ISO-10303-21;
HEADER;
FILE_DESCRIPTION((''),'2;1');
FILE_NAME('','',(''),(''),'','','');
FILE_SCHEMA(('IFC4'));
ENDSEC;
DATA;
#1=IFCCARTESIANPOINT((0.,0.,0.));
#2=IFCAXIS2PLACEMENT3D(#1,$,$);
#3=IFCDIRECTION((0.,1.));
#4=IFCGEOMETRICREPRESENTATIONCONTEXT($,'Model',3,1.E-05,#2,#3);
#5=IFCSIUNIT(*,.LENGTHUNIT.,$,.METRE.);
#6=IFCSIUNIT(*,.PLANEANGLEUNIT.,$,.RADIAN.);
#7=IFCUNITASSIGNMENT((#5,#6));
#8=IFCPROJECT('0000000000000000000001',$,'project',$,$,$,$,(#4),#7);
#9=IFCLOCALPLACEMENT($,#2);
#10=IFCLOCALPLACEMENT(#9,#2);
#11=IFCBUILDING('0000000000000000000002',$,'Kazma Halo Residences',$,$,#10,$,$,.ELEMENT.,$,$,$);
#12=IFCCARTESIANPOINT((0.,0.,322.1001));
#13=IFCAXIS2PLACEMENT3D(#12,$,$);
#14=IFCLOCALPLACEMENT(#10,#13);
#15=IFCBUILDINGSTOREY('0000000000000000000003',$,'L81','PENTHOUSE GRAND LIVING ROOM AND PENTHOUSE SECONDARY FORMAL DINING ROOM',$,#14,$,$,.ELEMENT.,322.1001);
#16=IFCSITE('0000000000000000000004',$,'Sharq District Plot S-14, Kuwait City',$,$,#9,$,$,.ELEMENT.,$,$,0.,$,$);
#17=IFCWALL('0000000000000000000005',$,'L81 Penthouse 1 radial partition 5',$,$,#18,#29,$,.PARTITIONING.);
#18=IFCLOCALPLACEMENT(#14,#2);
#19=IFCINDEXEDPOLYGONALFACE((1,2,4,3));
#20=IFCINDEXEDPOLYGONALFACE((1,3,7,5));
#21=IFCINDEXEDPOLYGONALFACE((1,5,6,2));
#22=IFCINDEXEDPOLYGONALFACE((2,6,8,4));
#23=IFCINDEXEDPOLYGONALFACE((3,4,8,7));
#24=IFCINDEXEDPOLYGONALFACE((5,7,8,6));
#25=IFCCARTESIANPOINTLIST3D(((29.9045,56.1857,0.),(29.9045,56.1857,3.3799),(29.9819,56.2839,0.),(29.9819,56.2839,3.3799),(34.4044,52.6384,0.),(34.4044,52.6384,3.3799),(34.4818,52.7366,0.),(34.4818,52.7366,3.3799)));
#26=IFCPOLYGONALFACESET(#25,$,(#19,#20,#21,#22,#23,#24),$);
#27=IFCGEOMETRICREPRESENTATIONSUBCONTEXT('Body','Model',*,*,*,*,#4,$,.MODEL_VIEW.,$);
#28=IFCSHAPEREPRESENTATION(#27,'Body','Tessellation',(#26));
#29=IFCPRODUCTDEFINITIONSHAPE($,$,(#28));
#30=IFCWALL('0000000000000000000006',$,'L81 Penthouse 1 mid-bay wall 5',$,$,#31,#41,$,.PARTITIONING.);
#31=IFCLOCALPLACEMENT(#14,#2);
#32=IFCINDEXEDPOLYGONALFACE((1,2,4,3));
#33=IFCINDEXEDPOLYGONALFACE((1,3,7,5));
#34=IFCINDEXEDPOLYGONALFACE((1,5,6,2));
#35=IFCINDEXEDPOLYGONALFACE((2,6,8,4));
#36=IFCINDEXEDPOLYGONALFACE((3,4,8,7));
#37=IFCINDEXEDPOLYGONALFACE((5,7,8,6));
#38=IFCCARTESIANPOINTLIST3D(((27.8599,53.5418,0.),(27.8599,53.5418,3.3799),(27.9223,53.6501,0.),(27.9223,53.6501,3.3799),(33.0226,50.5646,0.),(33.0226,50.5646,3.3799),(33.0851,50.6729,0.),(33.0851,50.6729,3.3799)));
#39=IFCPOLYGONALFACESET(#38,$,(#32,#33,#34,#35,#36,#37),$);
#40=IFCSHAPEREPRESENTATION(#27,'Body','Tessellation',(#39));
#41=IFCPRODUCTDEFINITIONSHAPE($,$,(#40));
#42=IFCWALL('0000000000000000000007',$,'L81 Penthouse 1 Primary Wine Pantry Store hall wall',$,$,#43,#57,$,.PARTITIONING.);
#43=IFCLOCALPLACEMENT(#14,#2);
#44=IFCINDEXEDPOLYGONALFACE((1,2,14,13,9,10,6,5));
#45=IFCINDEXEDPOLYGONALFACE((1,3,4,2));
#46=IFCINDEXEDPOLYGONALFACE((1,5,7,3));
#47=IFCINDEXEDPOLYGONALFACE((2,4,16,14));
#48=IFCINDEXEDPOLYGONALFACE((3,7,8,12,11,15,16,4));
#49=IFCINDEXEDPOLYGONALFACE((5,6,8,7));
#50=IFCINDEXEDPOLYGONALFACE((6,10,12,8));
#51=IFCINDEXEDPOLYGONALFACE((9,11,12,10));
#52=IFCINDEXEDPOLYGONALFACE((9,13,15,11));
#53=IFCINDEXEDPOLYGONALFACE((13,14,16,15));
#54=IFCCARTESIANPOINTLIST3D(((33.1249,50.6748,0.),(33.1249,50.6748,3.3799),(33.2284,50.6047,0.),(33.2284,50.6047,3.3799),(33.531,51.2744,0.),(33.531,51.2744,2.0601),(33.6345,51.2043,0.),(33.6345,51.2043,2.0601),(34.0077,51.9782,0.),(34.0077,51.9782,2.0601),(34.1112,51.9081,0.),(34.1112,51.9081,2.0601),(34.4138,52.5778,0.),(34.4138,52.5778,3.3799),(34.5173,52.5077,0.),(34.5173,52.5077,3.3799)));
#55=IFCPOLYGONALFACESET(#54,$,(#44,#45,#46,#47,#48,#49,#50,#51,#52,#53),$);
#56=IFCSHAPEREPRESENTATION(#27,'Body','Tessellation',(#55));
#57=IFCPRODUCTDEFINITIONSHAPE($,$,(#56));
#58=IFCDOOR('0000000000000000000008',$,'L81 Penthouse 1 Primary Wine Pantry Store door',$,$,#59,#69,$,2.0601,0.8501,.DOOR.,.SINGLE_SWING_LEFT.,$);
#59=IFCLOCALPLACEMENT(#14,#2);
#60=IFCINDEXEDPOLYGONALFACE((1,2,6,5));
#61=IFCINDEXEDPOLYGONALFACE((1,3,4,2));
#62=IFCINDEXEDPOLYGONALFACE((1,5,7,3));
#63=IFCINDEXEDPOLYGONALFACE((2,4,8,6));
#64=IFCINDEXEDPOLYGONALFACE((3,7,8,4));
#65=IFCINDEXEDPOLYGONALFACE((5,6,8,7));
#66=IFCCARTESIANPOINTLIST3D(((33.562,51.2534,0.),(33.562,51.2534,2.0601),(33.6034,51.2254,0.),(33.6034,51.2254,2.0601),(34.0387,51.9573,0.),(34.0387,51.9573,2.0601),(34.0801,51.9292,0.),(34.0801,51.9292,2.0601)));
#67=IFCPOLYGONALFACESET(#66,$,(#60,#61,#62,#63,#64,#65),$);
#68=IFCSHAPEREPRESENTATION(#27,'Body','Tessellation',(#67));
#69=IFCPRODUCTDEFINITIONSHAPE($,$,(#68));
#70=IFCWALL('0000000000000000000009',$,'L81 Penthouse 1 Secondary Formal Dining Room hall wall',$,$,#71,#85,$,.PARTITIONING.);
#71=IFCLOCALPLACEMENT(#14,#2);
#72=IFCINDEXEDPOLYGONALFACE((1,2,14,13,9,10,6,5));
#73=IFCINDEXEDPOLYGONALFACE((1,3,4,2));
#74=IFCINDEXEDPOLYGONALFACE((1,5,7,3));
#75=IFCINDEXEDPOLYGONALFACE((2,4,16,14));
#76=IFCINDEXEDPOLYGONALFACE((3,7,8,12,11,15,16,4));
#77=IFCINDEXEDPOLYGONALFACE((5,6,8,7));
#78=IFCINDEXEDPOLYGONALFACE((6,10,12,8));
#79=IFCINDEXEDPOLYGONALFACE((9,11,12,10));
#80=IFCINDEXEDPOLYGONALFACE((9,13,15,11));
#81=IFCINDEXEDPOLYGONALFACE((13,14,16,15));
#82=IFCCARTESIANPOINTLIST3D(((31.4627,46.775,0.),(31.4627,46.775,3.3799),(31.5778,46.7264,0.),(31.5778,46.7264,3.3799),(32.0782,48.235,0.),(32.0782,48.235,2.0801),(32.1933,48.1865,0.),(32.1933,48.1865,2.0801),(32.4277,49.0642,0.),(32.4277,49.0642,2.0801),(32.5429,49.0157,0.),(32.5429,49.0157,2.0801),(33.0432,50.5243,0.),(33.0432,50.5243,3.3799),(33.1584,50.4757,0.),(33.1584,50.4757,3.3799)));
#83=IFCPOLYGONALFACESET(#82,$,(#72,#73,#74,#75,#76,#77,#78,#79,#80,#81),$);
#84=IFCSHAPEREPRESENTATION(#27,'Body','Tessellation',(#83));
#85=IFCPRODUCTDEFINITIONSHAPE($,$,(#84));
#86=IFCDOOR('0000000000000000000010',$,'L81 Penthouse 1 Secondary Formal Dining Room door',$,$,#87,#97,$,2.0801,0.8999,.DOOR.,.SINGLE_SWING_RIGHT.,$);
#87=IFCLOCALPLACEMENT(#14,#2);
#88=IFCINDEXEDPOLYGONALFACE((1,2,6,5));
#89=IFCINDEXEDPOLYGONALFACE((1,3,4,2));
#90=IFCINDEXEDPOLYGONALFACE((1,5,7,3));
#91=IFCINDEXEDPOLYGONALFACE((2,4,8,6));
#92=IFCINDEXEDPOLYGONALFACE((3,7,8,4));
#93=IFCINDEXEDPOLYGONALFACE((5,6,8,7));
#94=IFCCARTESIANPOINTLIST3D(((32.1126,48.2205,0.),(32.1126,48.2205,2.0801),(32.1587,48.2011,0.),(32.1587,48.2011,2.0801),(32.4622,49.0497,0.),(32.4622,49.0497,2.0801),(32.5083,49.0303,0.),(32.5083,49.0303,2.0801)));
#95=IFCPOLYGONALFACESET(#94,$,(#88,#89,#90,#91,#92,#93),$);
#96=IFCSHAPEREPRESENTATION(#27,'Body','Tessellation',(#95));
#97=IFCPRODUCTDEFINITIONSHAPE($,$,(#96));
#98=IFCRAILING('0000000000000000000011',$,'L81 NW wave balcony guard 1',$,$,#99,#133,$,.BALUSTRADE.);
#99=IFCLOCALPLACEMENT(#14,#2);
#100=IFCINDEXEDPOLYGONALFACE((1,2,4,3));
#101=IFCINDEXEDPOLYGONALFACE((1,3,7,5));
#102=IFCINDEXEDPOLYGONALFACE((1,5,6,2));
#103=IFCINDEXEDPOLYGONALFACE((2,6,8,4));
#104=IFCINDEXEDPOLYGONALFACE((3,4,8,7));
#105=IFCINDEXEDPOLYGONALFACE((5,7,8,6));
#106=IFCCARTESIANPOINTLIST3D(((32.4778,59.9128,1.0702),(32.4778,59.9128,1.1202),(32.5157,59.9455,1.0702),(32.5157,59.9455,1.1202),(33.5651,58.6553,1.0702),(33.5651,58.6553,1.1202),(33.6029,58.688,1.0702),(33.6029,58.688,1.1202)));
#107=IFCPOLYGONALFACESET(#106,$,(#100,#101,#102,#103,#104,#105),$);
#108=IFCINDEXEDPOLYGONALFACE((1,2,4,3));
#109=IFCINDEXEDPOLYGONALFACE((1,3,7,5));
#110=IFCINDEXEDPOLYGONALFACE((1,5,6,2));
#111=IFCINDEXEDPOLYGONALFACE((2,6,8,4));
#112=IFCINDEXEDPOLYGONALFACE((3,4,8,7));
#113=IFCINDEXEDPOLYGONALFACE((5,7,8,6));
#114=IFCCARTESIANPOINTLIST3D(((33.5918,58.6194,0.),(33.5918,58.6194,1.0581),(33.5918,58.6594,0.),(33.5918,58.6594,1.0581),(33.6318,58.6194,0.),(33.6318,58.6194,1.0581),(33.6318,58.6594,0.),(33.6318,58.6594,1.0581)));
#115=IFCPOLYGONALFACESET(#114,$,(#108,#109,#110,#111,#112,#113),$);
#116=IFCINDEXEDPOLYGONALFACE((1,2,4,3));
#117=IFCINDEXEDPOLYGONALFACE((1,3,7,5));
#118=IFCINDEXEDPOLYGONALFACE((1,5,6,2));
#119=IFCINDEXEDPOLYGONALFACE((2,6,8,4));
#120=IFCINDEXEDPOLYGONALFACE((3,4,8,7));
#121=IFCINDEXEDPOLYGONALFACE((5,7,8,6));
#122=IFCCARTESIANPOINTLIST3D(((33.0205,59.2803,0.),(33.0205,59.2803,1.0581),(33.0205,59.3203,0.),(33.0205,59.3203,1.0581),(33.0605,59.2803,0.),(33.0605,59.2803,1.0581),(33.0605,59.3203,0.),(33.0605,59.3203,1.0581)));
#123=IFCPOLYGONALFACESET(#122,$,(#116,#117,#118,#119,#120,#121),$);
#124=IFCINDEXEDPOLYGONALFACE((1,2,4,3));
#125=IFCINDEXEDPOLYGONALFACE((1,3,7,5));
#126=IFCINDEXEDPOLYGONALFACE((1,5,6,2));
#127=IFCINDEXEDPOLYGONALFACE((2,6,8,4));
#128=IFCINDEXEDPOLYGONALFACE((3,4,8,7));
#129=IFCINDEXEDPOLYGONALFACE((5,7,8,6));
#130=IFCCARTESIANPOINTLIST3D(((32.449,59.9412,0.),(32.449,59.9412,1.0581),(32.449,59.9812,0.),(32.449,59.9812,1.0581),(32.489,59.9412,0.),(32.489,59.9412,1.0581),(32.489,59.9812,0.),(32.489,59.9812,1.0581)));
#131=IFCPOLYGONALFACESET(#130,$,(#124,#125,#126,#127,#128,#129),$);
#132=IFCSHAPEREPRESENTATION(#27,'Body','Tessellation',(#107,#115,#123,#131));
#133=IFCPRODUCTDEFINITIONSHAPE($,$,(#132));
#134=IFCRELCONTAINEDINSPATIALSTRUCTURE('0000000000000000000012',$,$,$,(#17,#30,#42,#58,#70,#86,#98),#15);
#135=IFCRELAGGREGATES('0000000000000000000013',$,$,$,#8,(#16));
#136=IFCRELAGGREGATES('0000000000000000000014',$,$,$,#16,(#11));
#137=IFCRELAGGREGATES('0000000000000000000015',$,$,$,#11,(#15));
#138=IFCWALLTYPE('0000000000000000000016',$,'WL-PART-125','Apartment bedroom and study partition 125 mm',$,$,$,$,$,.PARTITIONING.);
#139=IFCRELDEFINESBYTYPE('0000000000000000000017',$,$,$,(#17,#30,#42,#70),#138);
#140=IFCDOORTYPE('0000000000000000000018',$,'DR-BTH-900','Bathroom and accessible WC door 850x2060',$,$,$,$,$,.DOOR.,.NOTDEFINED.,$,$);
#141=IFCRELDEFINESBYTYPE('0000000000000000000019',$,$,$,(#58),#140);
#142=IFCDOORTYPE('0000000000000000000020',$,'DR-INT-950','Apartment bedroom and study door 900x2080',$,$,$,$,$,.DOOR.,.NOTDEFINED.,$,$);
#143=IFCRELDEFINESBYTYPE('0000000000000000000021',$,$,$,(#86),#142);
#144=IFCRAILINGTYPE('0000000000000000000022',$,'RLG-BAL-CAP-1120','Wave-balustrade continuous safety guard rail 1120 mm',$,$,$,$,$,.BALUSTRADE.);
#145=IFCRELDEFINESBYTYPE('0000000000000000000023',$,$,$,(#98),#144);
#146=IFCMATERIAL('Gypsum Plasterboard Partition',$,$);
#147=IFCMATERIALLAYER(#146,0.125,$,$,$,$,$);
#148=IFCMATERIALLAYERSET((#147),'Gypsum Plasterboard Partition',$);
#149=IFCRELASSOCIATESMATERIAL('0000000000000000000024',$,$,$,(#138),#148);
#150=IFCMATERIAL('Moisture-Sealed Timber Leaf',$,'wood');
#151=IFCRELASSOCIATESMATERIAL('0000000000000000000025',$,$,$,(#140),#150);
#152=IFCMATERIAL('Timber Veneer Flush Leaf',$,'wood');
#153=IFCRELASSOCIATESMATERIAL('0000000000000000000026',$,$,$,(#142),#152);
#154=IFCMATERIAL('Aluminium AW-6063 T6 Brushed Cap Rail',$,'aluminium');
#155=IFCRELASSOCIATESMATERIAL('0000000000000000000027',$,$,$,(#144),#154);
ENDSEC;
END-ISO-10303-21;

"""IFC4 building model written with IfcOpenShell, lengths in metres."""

from ifc_helpers import new_model, si_unit, direction, frame, frame_2d, origin, origin_2d, place, context, subcontext, project, spatial, rectangle, extrude, material, layer, layer_set, type_object, element, fill, save


model = new_model("IFC4")

# Units and contexts
model_context = context("Model", 3, precision=1e-05, world=origin(), true_north=direction((0.0, 1.0)))
body_context = subcontext(model_context, "Body", "Model", "MODEL_VIEW")
ifc_project = project(units=[si_unit("LENGTHUNIT", "METRE"), si_unit("PLANEANGLEUNIT", "RADIAN")], contexts=[model_context])

# Site, building, storey
site_placement = place(None, origin())
site = spatial("IfcSite", under=ifc_project, at=site_placement, Name="Sharq District Plot S-14, Kuwait City", CompositionType="ELEMENT", RefElevation=0.0)
building_placement = place(site_placement, origin())
building = spatial("IfcBuilding", under=site, at=building_placement, Name="Kazma Halo Residences", CompositionType="ELEMENT")
storey_placement = place(building_placement, frame((0.0, 0.0, 322.1001)))
storey = spatial("IfcBuildingStorey", under=building, at=storey_placement, Name="L81", Description="PENTHOUSE GRAND LIVING ROOM AND PENTHOUSE SECONDARY FORMAL DINING ROOM", CompositionType="ELEMENT", Elevation=322.1001)

# Walls
ifc_material_1 = material(Name="Gypsum Plasterboard Partition")
ifc_layer_1 = layer(ifc_material_1, 0.125)
ifc_layer_set_1 = layer_set([ifc_layer_1], Name="Gypsum Plasterboard Partition")
wall_type_1 = type_object("IfcWallType", Name="WL-PART-125", Description="Apartment bedroom and study partition 125 mm", PredefinedType="PARTITIONING", material=ifc_layer_set_1)
wall_1_placement = place(storey_placement, frame((34.4431, 52.6875, 0.0), z_axis=(0.0, 0.0, 1.0), x_axis=(-0.78533, 0.619078, 0.0)))
element("IfcWall", 1, at=wall_1_placement, inside=storey, type_object=wall_type_1, Name="L81 Penthouse 1 radial partition 5", PredefinedType="PARTITIONING", context=body_context, shape_type="SweptSolid", body=[
    extrude(rectangle(XDim=5.73, YDim=0.125, at=frame_2d((2.865, 0.0))), origin(), (0.0, 0.0, 1.0), 3.3799),
])
wall_2_placement = place(storey_placement, frame((33.054, 50.6187, 0.0), z_axis=(0.0, 0.0, 1.0), x_axis=(-0.866278, 0.499563, 0.0)))
element("IfcWall", 2, at=wall_2_placement, inside=storey, type_object=wall_type_1, Name="L81 Penthouse 1 mid-bay wall 5", PredefinedType="PARTITIONING", context=body_context, shape_type="SweptSolid", body=[
    extrude(rectangle(XDim=5.9597, YDim=0.125, at=frame_2d((2.98, 0.0))), origin(), (0.0, 0.0, 1.0), 3.3799),
])

# Walls, openings, doors
wall_3_placement = place(storey_placement, frame((34.4656, 52.5427, 0.0), z_axis=(0.0, 0.0, 1.0), x_axis=(-0.560789, -0.827958, 0.0)))
wall_3 = element("IfcWall", 3, at=wall_3_placement, inside=storey, type_object=wall_type_1, Name="L81 Penthouse 1 Primary Wine Pantry Store hall wall", PredefinedType="PARTITIONING", context=body_context, shape_type="SweptSolid", body=[
    extrude(rectangle(XDim=2.2983, YDim=0.125, at=frame_2d((1.1492, 0.0))), origin(), (0.0, 0.0, 1.0), 3.3799),
])
opening_1_placement = place(wall_3_placement, frame((0.7241, 0.0, 0.0)))
opening_1 = element("IfcOpeningElement", 4, at=opening_1_placement, cuts=wall_3, PredefinedType="OPENING", context=body_context, shape_type="SweptSolid", body=[
    extrude(rectangle(XDim=0.8501, YDim=2.0601, at=frame_2d((0.425, 1.03))), frame((0.0, 0.0725, 0.0), z_axis=(0.0, -1.0, 0.0), x_axis=(1.0, 0.0, 0.0)), (0.0, 0.0, 1.0), 0.145),
])
ifc_material_2 = material(Name="Moisture-Sealed Timber Leaf", Category="wood")
door_type_1 = type_object("IfcDoorType", Name="DR-BTH-900", Description="Bathroom and accessible WC door 850x2060", OperationType="NOTDEFINED", PredefinedType="DOOR", material=ifc_material_2)
door_1_placement = place(opening_1_placement, origin())
door_1 = element("IfcDoor", 5, at=door_1_placement, inside=storey, type_object=door_type_1, Name="L81 Penthouse 1 Primary Wine Pantry Store door", OperationType="SINGLE_SWING_LEFT", OverallHeight=2.0601, OverallWidth=0.8501, PredefinedType="DOOR", context=body_context, shape_type="SweptSolid", body=[
    extrude(rectangle(XDim=0.8501, YDim=2.0601, at=frame_2d((0.425, 1.03))), frame((0.0, 0.0249, 0.0), z_axis=(0.0, -1.0, 0.0), x_axis=(1.0, 0.0, 0.0)), (0.0, 0.0, 1.0), 0.05),
])
fill(opening_1, door_1)
wall_4_placement = place(storey_placement, frame((33.1008, 50.5, 0.0), z_axis=(0.0, 0.0, 1.0), x_axis=(-0.388459, -0.921466, 0.0)))
wall_4 = element("IfcWall", 6, at=wall_4_placement, inside=storey, type_object=wall_type_1, Name="L81 Penthouse 1 Secondary Formal Dining Room hall wall", PredefinedType="PARTITIONING", context=body_context, shape_type="SweptSolid", body=[
    extrude(rectangle(XDim=4.0688, YDim=0.125, at=frame_2d((2.0344, 0.0))), origin(), (0.0, 0.0, 1.0), 3.3799),
])
opening_2_placement = place(wall_4_placement, frame((1.5845, 0.0, 0.0)))
opening_2 = element("IfcOpeningElement", 7, at=opening_2_placement, cuts=wall_4, PredefinedType="OPENING", context=body_context, shape_type="SweptSolid", body=[
    extrude(rectangle(XDim=0.8999, YDim=2.0801, at=frame_2d((0.45, 1.04))), frame((0.0, 0.0725, 0.0), z_axis=(0.0, -1.0, 0.0), x_axis=(1.0, 0.0, 0.0)), (0.0, 0.0, 1.0), 0.145),
])
ifc_material_3 = material(Name="Timber Veneer Flush Leaf", Category="wood")
door_type_2 = type_object("IfcDoorType", Name="DR-INT-950", Description="Apartment bedroom and study door 900x2080", OperationType="NOTDEFINED", PredefinedType="DOOR", material=ifc_material_3)
door_2_placement = place(opening_2_placement, origin())
door_2 = element("IfcDoor", 8, at=door_2_placement, inside=storey, type_object=door_type_2, Name="L81 Penthouse 1 Secondary Formal Dining Room door", OperationType="SINGLE_SWING_RIGHT", OverallHeight=2.0801, OverallWidth=0.8999, PredefinedType="DOOR", context=body_context, shape_type="SweptSolid", body=[
    extrude(rectangle(XDim=0.8999, YDim=2.0801, at=frame_2d((0.45, 1.04))), frame((0.0, 0.0249, 0.0), z_axis=(0.0, -1.0, 0.0), x_axis=(1.0, 0.0, 0.0)), (0.0, 0.0, 1.0), 0.05),
])
fill(opening_2, door_2)

# Railing
ifc_material_4 = material(Name="Aluminium AW-6063 T6 Brushed Cap Rail", Category="aluminium")
railing_type = type_object("IfcRailingType", Name="RLG-BAL-CAP-1120", Description="Wave-balustrade continuous safety guard rail 1120 mm", PredefinedType="BALUSTRADE", material=ifc_material_4)
railing_1_placement = place(storey_placement, frame((33.6118, 58.6394, 0.0)))
element("IfcRailing", 9, at=railing_1_placement, inside=storey, type_object=railing_type, Name="L81 NW wave balcony guard 1", PredefinedType="BALUSTRADE", context=body_context, shape_type="SweptSolid", body=[
    extrude(rectangle(XDim=0.05, YDim=0.05, at=origin_2d()), frame((-0.0278, 0.0322, 1.0952), z_axis=(-0.654042, 0.756458, 0.0), x_axis=(-0.756458, -0.654042, 0.0)), (0.0, 0.0, 1.0), 1.6624),
    extrude(rectangle(XDim=0.04, YDim=0.04, at=origin_2d()), origin(), (0.0, 0.0, 1.0), 1.0581),
    extrude(rectangle(XDim=0.04, YDim=0.04, at=origin_2d()), frame((-0.5713, 0.6609, 0.0)), (0.0, 0.0, 1.0), 1.0581),
    extrude(rectangle(XDim=0.04, YDim=0.04, at=origin_2d()), frame((-1.1428, 1.3218, 0.0)), (0.0, 0.0, 1.0), 1.0581),
])

save(model, "model.ifc")
